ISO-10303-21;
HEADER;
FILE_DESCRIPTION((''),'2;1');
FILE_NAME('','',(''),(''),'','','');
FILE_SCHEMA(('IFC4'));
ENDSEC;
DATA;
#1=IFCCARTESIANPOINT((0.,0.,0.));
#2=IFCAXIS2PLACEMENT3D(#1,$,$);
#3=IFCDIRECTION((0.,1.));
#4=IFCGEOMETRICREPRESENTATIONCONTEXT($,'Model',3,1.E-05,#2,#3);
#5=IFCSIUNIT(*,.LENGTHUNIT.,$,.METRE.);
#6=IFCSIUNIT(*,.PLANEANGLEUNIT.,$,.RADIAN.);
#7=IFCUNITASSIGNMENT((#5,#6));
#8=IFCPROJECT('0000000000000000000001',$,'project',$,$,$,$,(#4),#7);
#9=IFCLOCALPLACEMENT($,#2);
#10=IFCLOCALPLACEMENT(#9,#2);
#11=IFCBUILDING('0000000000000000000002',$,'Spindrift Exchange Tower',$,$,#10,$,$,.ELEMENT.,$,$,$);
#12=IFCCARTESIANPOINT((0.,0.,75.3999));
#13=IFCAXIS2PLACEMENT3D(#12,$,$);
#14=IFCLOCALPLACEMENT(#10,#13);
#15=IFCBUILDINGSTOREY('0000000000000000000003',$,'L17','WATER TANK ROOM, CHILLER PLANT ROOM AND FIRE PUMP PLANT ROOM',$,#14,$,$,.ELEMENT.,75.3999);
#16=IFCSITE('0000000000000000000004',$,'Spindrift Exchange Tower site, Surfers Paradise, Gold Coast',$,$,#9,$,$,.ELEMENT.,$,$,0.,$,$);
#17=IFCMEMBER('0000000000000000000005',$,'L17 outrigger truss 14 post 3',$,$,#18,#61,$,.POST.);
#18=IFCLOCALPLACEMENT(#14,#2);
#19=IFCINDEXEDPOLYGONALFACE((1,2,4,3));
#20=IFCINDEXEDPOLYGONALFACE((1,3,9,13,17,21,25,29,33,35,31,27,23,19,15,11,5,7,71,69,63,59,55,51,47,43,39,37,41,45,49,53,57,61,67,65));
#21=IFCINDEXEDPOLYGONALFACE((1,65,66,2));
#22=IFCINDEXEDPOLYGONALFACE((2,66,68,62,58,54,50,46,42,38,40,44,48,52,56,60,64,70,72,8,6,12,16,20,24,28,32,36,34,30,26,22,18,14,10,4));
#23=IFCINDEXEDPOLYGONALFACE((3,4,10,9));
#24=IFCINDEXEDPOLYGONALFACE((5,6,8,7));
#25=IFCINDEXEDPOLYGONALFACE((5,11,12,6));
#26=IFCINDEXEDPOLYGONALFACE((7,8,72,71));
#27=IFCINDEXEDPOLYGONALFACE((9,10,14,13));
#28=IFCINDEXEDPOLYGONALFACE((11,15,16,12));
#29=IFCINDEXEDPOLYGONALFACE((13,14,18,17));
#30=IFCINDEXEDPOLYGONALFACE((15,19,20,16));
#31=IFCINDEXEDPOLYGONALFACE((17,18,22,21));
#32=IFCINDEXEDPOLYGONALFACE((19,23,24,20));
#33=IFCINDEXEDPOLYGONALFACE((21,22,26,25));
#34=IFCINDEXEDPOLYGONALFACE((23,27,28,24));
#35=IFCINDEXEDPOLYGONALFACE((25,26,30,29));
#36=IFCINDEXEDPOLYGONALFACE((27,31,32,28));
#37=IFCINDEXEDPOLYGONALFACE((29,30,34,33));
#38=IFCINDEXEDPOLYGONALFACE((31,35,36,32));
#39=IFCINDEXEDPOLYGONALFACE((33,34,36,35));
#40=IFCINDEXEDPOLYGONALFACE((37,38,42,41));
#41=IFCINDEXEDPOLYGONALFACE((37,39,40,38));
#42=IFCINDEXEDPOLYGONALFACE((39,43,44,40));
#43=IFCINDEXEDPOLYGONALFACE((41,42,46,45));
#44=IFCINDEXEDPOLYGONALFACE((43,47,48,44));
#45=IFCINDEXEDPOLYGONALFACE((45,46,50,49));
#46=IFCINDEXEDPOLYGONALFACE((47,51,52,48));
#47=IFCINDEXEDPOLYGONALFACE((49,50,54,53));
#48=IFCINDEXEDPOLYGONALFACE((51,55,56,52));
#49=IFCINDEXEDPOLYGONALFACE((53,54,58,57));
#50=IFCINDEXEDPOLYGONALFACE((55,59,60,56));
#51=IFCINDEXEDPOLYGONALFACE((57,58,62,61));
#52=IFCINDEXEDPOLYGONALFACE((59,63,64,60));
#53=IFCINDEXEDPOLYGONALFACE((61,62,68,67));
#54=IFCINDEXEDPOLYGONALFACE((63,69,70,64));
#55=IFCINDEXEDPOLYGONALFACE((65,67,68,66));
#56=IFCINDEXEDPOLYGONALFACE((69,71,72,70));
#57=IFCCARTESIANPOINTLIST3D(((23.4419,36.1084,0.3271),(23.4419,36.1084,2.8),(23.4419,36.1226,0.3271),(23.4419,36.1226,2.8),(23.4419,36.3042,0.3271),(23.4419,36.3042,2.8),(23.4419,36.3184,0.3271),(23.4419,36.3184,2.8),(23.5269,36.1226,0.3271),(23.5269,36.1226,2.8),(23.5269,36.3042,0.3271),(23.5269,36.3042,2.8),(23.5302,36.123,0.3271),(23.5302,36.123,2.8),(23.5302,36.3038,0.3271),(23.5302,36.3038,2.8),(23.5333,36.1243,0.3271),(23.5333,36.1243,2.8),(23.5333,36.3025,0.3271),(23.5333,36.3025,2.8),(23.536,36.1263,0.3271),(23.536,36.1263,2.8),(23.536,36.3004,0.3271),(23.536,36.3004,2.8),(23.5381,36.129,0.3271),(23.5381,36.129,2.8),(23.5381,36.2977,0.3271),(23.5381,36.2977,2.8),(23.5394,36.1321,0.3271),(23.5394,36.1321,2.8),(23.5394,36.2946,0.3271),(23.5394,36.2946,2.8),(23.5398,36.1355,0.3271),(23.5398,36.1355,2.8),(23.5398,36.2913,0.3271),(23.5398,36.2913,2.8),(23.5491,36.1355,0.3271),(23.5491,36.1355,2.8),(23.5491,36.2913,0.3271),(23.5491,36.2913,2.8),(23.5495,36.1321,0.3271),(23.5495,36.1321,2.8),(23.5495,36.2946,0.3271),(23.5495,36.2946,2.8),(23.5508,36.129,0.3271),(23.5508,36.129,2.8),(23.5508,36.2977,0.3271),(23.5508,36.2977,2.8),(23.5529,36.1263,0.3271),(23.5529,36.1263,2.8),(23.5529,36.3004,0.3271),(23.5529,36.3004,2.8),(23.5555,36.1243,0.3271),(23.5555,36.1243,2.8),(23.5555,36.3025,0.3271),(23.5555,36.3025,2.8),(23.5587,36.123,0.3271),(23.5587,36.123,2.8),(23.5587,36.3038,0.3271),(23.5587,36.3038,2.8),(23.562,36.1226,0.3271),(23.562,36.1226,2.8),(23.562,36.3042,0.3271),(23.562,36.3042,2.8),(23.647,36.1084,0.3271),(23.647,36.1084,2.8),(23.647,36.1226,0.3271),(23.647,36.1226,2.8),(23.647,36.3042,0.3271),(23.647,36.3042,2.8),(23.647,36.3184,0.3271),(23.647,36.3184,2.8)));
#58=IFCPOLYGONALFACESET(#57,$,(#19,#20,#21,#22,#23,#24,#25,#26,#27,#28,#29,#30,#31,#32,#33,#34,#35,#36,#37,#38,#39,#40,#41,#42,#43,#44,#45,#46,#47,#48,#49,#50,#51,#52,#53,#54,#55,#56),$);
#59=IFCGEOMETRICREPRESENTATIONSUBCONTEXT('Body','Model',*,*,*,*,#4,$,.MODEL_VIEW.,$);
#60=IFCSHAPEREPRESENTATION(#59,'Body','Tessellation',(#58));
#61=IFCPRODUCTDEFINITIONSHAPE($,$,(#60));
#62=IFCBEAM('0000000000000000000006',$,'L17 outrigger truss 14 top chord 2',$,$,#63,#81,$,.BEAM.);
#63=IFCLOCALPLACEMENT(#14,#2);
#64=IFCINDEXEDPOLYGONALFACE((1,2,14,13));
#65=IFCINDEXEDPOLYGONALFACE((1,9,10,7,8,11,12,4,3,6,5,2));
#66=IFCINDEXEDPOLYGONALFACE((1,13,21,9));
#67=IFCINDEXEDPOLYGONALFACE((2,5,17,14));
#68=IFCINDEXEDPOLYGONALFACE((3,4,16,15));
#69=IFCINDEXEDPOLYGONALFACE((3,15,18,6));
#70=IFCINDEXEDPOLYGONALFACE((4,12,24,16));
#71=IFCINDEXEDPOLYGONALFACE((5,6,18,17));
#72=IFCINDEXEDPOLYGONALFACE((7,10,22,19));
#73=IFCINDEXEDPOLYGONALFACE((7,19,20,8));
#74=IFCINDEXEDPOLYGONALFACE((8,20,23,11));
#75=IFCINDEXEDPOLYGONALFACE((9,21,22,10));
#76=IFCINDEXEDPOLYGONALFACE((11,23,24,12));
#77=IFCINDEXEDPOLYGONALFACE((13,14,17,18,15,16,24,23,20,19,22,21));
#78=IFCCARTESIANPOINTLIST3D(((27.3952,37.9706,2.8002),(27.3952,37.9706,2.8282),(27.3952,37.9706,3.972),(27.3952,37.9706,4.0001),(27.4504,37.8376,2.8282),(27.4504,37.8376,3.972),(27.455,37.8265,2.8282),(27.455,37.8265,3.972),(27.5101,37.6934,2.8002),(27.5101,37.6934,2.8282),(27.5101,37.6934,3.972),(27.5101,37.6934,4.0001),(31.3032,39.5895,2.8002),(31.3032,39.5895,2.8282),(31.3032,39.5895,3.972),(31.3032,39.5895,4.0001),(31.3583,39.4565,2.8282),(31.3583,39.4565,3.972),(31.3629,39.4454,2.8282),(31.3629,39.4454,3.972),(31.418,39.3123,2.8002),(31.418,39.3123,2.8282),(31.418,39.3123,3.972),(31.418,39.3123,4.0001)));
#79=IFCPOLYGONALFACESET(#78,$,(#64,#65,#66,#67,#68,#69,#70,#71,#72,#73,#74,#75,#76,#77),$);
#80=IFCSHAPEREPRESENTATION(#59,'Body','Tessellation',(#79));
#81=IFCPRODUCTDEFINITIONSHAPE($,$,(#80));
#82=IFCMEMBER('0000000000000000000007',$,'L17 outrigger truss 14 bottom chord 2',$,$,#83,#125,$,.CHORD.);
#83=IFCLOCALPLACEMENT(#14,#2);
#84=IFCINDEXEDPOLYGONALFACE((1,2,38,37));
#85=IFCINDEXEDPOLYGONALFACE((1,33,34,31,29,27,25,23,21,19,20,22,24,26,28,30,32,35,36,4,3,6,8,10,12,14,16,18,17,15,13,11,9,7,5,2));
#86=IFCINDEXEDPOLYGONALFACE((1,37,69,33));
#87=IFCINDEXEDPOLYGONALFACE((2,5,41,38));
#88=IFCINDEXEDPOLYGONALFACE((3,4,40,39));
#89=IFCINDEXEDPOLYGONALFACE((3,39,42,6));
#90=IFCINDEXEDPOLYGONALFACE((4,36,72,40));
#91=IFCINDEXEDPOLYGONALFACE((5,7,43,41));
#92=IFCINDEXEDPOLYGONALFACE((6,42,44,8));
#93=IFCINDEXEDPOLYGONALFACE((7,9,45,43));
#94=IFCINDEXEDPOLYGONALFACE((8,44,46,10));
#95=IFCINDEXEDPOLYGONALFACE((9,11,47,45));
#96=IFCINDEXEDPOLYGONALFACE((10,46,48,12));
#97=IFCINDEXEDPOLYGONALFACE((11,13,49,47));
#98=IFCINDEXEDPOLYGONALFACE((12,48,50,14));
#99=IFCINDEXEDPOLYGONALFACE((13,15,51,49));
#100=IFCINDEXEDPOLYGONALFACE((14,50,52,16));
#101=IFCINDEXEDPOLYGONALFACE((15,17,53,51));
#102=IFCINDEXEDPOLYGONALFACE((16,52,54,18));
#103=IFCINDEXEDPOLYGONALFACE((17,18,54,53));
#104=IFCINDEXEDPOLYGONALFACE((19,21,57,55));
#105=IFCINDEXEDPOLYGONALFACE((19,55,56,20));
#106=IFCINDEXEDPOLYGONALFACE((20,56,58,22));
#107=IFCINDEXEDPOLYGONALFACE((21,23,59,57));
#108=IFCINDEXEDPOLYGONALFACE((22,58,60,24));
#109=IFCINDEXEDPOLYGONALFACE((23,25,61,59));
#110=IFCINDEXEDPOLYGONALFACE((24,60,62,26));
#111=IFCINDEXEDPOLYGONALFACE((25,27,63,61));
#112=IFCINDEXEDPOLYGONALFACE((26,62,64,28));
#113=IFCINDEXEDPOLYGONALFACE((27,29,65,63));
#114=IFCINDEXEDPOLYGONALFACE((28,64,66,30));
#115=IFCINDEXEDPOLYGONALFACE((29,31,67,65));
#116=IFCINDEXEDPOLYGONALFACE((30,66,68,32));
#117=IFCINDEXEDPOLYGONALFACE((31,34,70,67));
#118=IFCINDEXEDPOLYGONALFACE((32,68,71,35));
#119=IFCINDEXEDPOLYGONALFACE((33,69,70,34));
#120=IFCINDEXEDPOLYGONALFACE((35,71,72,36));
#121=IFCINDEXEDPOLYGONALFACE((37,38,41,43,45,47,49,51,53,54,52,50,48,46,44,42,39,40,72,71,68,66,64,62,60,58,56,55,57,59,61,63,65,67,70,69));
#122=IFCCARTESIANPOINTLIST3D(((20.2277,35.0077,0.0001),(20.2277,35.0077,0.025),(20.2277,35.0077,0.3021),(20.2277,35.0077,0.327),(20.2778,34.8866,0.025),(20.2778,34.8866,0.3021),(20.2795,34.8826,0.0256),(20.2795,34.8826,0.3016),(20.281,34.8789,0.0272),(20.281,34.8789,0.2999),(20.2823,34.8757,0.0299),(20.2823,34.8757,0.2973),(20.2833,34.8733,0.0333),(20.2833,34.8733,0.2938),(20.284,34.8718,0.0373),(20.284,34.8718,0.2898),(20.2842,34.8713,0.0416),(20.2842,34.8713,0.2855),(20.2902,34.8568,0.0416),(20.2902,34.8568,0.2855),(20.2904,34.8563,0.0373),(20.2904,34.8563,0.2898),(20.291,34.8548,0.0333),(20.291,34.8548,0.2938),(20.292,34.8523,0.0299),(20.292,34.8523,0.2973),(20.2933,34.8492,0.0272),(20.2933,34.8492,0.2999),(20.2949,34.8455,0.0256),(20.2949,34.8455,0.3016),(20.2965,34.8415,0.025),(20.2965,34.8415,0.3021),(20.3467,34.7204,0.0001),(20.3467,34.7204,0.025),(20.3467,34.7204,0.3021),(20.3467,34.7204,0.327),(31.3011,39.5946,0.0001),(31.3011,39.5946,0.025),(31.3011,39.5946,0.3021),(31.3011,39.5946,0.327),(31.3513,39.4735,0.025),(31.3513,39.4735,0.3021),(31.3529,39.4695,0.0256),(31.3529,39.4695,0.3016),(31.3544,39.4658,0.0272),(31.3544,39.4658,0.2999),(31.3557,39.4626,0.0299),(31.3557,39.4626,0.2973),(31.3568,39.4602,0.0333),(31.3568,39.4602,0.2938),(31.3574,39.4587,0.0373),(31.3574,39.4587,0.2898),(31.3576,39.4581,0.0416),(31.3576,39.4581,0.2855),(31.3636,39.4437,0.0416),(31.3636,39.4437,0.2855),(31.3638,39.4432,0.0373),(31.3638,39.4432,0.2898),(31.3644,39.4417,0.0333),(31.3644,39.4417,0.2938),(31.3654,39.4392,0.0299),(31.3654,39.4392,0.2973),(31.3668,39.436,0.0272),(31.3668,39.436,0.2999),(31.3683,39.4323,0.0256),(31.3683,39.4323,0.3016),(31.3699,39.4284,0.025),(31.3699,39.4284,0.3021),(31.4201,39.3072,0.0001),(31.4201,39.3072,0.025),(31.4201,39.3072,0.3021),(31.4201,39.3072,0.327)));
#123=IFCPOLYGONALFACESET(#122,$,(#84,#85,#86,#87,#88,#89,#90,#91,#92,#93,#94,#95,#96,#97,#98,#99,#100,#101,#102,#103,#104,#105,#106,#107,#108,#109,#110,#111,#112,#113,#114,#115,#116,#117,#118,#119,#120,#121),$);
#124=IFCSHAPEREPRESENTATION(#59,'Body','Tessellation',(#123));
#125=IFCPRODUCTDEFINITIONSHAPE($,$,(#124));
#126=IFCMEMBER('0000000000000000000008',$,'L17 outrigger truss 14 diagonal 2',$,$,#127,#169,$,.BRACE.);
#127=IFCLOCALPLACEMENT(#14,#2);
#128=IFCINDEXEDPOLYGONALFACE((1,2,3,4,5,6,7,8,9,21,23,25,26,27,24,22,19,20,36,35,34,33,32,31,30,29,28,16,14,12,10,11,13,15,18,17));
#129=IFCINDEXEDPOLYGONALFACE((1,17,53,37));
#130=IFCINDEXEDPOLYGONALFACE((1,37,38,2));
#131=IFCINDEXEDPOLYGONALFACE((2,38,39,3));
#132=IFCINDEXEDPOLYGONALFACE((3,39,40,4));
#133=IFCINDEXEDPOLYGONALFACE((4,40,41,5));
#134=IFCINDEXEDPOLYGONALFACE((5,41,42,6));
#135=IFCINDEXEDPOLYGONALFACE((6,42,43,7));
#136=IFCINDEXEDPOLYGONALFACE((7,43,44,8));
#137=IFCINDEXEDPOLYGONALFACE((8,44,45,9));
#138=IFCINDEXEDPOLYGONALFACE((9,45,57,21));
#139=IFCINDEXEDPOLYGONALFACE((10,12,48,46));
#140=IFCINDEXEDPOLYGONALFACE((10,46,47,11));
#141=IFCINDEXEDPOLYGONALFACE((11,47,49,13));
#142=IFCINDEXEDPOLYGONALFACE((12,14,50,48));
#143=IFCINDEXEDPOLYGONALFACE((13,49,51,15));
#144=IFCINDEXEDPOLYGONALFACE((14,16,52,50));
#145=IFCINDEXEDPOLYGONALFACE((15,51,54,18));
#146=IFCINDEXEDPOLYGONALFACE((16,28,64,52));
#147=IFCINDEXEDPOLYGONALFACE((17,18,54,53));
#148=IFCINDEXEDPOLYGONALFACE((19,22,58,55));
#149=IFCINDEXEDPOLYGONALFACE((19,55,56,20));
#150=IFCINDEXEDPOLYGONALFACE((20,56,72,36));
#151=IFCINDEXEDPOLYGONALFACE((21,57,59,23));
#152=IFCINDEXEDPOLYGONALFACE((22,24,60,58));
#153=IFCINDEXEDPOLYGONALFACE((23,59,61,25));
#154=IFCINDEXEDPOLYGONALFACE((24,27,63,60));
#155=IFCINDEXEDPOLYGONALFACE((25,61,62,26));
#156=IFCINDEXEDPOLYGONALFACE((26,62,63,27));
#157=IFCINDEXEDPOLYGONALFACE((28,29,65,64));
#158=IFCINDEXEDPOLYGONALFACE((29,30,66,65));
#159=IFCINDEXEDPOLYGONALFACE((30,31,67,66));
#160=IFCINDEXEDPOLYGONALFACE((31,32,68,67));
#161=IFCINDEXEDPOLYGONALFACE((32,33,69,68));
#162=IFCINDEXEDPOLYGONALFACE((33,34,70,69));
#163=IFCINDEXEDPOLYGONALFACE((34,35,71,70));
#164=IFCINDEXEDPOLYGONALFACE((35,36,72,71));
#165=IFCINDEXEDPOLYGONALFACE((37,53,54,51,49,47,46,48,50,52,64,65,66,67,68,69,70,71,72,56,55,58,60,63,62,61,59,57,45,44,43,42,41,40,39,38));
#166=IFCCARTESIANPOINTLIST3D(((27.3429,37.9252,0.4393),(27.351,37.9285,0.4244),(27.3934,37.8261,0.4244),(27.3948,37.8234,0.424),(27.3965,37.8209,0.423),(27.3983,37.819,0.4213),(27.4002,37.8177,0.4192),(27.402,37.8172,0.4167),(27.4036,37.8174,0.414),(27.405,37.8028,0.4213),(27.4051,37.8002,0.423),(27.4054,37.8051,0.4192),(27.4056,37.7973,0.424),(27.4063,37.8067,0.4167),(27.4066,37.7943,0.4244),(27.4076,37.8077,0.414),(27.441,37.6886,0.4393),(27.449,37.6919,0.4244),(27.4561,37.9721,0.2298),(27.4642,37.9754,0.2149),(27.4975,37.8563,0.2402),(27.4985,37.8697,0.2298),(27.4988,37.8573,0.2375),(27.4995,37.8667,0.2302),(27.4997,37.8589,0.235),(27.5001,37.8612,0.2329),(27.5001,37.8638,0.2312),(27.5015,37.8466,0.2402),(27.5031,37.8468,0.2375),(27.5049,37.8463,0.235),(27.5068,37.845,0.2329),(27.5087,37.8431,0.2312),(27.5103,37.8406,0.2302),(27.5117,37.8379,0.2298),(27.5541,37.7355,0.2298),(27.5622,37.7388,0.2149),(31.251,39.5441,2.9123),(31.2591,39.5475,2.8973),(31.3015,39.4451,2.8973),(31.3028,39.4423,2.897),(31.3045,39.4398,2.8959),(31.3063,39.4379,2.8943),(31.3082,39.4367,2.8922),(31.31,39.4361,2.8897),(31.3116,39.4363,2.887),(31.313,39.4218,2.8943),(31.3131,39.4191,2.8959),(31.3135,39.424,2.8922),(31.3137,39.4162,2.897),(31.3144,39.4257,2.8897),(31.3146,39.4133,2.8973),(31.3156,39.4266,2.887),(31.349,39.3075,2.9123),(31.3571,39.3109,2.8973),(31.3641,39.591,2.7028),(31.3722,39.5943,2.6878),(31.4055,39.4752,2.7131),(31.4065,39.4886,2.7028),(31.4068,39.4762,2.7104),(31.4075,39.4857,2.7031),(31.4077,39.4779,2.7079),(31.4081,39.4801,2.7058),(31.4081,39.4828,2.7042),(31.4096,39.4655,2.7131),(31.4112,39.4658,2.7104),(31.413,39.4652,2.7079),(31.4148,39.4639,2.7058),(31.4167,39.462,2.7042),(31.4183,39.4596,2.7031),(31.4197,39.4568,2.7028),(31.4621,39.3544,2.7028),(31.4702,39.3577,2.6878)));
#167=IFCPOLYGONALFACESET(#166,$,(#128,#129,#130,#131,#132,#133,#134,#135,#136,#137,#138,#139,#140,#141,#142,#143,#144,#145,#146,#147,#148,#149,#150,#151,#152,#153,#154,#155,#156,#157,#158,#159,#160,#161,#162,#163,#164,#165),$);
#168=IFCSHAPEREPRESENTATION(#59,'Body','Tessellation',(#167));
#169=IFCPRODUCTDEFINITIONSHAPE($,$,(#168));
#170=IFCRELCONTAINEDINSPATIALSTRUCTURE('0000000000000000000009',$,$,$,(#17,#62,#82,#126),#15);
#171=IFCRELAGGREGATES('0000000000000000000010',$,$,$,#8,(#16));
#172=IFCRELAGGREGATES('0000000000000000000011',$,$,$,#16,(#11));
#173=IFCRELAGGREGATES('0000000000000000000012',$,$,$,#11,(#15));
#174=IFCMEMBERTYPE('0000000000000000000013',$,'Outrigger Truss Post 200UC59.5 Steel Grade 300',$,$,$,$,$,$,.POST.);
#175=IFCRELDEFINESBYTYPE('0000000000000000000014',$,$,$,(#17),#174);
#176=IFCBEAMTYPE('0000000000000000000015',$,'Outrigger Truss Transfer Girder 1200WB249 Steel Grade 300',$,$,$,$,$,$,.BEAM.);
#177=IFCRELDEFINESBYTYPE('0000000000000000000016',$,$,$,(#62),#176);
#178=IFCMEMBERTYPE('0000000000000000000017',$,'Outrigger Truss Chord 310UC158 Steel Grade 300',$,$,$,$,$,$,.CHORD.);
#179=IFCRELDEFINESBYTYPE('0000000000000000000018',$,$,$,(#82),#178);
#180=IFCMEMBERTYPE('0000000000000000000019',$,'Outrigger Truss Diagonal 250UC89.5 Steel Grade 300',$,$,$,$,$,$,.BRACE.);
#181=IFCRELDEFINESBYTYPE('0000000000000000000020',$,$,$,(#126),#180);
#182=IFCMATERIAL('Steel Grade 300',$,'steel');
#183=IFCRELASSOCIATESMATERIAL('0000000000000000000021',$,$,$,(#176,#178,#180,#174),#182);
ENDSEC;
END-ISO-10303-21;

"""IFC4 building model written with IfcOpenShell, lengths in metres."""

from ifc_helpers import new_model, si_unit, direction, frame, origin, origin_2d, place, context, subcontext, project, spatial, i_section, extrude, source, transform, mapped, material, material_profile, profile_set, type_object, element, save


model = new_model("IFC4")

# Units and contexts
model_context = context("Model", 3, precision=1e-05, world=origin(), true_north=direction((0.0, 1.0)))
body_context = subcontext(model_context, "Body", "Model", "MODEL_VIEW")
ifc_project = project(units=[si_unit("LENGTHUNIT", "METRE"), si_unit("PLANEANGLEUNIT", "RADIAN")], contexts=[model_context])

# Site, building, storey
site_placement = place(None, origin())
site = spatial("IfcSite", under=ifc_project, at=site_placement, Name="Spindrift Exchange Tower site, Surfers Paradise, Gold Coast", CompositionType="ELEMENT", RefElevation=0.0)
building_placement = place(site_placement, origin())
building = spatial("IfcBuilding", under=site, at=building_placement, Name="Spindrift Exchange Tower", CompositionType="ELEMENT")
storey_placement = place(building_placement, frame((0.0, 0.0, 75.3999)))
storey = spatial("IfcBuildingStorey", under=building, at=storey_placement, Name="L17", Description="WATER TANK ROOM, CHILLER PLANT ROOM AND FIRE PUMP PLANT ROOM", CompositionType="ELEMENT", Elevation=75.3999)

# Shared definitions
ifc_material_1 = material(Name="Steel Grade 300", Category="steel")
ifc_material_profile_1 = material_profile(ifc_material_1, i_section(OverallWidth=0.3, OverallDepth=1.2, WebThickness=0.012, FlangeThickness=0.0281, at=origin_2d()), Name="1200WB249")
ifc_profile_set_1 = profile_set([ifc_material_profile_1], Name="Steel Grade 300")
beam_type = type_object("IfcBeamType", Name="Outrigger Truss Transfer Girder 1200WB249 Steel Grade 300", PredefinedType="BEAM", material=ifc_profile_set_1)

# Member
ifc_material_profile_2 = material_profile(ifc_material_1, i_section(OverallWidth=0.311, OverallDepth=0.3269, WebThickness=0.0156, FlangeThickness=0.0249, FilletRadius=0.0166, at=origin_2d()), Name="310UC158")
ifc_profile_set_2 = profile_set([ifc_material_profile_2], Name="Steel Grade 300")
member_type_1 = type_object("IfcMemberType", Name="Outrigger Truss Chord 310UC158 Steel Grade 300", PredefinedType="CHORD", material=ifc_profile_set_2)
ifc_material_profile_3 = material_profile(ifc_material_1, i_section(OverallWidth=0.2561, OverallDepth=0.26, WebThickness=0.0105, FlangeThickness=0.0173, FilletRadius=0.012, at=origin_2d()), Name="250UC89.5")
ifc_profile_set_3 = profile_set([ifc_material_profile_3], Name="Steel Grade 300")
member_type_2 = type_object("IfcMemberType", Name="Outrigger Truss Diagonal 250UC89.5 Steel Grade 300", PredefinedType="BRACE", material=ifc_profile_set_3)
ifc_material_profile_4 = material_profile(ifc_material_1, i_section(OverallWidth=0.2051, OverallDepth=0.21, WebThickness=0.0093, FlangeThickness=0.0142, FilletRadius=0.0129, at=origin_2d()), Name="200UC59.5")
ifc_profile_set_4 = profile_set([ifc_material_profile_4], Name="Steel Grade 300")
member_type_3 = type_object("IfcMemberType", Name="Outrigger Truss Post 200UC59.5 Steel Grade 300", PredefinedType="POST", material=ifc_profile_set_4)
shared_shape_1 = source(origin(), body_context, "Body", "SweptSolid", [
    extrude(i_section(OverallWidth=0.2051, OverallDepth=0.21, WebThickness=0.0093, FlangeThickness=0.0142, FilletRadius=0.0129, at=origin_2d()), origin(), (0.0, 0.0, 1.0), 2.4729),
])
for number, where, z_axis, x_axis, name in (
    (1, (23.5444, 36.2134, 0.3271), (0.0, 0.0, 1.0), (1.0, 0.0, 0.0), "L17 outrigger truss 14 post 3"),
):
    element("IfcMember", number, at=place(storey_placement, frame(where, z_axis=z_axis, x_axis=x_axis)), inside=storey, type_object=member_type_3, Name=name, PredefinedType="POST", context=body_context, shape_type="MappedRepresentation", body=[
        mapped(shared_shape_1, transform((0.0, 0.0, 0.0), scale=1.0)),
    ])

# Beam
shared_shape_2 = source(origin(), body_context, "Body", "SweptSolid", [
    extrude(i_section(OverallWidth=0.3, OverallDepth=1.2, WebThickness=0.012, FlangeThickness=0.0281, at=origin_2d()), origin(), (0.0, 0.0, 1.0), 4.23),
])
beam_1_placement = place(storey_placement, frame((31.3606, 39.4509, 3.4001), z_axis=(-0.923866, -0.382717, 0.0), x_axis=(0.382717, -0.923866, 0.0)))
element("IfcBeam", 2, at=beam_1_placement, inside=storey, type_object=beam_type, Name="L17 outrigger truss 14 top chord 2", PredefinedType="BEAM", context=body_context, shape_type="MappedRepresentation", body=[
    mapped(shared_shape_2, transform((0.0, 0.0, 0.0), scale=1.0)),
])

# Members
shared_shape_3 = source(origin(), body_context, "Body", "SweptSolid", [
    extrude(i_section(OverallWidth=0.311, OverallDepth=0.3269, WebThickness=0.0156, FlangeThickness=0.0249, FilletRadius=0.0166, at=origin_2d()), origin(), (0.0, 0.0, 1.0), 11.9858),
])
member_1_placement = place(storey_placement, frame((31.3606, 39.4509, 0.1636), z_axis=(-0.923876, -0.382692, 0.0), x_axis=(0.382692, -0.923876, 0.0)))
element("IfcMember", 3, at=member_1_placement, inside=storey, type_object=member_type_1, Name="L17 outrigger truss 14 bottom chord 2", PredefinedType="CHORD", context=body_context, shape_type="MappedRepresentation", body=[
    mapped(shared_shape_3, transform((0.0, 0.0, 0.0), scale=1.0)),
])
shared_shape_4 = source(origin(), body_context, "Body", "SweptSolid", [
    extrude(i_section(OverallWidth=0.2561, OverallDepth=0.26, WebThickness=0.0105, FlangeThickness=0.0173, FilletRadius=0.012, at=origin_2d()), origin(), (0.0, 0.0, 1.0), 4.8999),
])
for number, where, z_axis, x_axis, name in (
    (4, (31.3606, 39.4509, 2.8), (-0.797572, -0.330399, -0.504692), (0.382717, -0.923866, 0.0), "L17 outrigger truss 14 diagonal 2"),
):
    element("IfcMember", number, at=place(storey_placement, frame(where, z_axis=z_axis, x_axis=x_axis)), inside=storey, type_object=member_type_2, Name=name, PredefinedType="BRACE", context=body_context, shape_type="MappedRepresentation", body=[
        mapped(shared_shape_4, transform((0.0, 0.0, 0.0), scale=1.0)),
    ])

save(model, "model.ifc")
